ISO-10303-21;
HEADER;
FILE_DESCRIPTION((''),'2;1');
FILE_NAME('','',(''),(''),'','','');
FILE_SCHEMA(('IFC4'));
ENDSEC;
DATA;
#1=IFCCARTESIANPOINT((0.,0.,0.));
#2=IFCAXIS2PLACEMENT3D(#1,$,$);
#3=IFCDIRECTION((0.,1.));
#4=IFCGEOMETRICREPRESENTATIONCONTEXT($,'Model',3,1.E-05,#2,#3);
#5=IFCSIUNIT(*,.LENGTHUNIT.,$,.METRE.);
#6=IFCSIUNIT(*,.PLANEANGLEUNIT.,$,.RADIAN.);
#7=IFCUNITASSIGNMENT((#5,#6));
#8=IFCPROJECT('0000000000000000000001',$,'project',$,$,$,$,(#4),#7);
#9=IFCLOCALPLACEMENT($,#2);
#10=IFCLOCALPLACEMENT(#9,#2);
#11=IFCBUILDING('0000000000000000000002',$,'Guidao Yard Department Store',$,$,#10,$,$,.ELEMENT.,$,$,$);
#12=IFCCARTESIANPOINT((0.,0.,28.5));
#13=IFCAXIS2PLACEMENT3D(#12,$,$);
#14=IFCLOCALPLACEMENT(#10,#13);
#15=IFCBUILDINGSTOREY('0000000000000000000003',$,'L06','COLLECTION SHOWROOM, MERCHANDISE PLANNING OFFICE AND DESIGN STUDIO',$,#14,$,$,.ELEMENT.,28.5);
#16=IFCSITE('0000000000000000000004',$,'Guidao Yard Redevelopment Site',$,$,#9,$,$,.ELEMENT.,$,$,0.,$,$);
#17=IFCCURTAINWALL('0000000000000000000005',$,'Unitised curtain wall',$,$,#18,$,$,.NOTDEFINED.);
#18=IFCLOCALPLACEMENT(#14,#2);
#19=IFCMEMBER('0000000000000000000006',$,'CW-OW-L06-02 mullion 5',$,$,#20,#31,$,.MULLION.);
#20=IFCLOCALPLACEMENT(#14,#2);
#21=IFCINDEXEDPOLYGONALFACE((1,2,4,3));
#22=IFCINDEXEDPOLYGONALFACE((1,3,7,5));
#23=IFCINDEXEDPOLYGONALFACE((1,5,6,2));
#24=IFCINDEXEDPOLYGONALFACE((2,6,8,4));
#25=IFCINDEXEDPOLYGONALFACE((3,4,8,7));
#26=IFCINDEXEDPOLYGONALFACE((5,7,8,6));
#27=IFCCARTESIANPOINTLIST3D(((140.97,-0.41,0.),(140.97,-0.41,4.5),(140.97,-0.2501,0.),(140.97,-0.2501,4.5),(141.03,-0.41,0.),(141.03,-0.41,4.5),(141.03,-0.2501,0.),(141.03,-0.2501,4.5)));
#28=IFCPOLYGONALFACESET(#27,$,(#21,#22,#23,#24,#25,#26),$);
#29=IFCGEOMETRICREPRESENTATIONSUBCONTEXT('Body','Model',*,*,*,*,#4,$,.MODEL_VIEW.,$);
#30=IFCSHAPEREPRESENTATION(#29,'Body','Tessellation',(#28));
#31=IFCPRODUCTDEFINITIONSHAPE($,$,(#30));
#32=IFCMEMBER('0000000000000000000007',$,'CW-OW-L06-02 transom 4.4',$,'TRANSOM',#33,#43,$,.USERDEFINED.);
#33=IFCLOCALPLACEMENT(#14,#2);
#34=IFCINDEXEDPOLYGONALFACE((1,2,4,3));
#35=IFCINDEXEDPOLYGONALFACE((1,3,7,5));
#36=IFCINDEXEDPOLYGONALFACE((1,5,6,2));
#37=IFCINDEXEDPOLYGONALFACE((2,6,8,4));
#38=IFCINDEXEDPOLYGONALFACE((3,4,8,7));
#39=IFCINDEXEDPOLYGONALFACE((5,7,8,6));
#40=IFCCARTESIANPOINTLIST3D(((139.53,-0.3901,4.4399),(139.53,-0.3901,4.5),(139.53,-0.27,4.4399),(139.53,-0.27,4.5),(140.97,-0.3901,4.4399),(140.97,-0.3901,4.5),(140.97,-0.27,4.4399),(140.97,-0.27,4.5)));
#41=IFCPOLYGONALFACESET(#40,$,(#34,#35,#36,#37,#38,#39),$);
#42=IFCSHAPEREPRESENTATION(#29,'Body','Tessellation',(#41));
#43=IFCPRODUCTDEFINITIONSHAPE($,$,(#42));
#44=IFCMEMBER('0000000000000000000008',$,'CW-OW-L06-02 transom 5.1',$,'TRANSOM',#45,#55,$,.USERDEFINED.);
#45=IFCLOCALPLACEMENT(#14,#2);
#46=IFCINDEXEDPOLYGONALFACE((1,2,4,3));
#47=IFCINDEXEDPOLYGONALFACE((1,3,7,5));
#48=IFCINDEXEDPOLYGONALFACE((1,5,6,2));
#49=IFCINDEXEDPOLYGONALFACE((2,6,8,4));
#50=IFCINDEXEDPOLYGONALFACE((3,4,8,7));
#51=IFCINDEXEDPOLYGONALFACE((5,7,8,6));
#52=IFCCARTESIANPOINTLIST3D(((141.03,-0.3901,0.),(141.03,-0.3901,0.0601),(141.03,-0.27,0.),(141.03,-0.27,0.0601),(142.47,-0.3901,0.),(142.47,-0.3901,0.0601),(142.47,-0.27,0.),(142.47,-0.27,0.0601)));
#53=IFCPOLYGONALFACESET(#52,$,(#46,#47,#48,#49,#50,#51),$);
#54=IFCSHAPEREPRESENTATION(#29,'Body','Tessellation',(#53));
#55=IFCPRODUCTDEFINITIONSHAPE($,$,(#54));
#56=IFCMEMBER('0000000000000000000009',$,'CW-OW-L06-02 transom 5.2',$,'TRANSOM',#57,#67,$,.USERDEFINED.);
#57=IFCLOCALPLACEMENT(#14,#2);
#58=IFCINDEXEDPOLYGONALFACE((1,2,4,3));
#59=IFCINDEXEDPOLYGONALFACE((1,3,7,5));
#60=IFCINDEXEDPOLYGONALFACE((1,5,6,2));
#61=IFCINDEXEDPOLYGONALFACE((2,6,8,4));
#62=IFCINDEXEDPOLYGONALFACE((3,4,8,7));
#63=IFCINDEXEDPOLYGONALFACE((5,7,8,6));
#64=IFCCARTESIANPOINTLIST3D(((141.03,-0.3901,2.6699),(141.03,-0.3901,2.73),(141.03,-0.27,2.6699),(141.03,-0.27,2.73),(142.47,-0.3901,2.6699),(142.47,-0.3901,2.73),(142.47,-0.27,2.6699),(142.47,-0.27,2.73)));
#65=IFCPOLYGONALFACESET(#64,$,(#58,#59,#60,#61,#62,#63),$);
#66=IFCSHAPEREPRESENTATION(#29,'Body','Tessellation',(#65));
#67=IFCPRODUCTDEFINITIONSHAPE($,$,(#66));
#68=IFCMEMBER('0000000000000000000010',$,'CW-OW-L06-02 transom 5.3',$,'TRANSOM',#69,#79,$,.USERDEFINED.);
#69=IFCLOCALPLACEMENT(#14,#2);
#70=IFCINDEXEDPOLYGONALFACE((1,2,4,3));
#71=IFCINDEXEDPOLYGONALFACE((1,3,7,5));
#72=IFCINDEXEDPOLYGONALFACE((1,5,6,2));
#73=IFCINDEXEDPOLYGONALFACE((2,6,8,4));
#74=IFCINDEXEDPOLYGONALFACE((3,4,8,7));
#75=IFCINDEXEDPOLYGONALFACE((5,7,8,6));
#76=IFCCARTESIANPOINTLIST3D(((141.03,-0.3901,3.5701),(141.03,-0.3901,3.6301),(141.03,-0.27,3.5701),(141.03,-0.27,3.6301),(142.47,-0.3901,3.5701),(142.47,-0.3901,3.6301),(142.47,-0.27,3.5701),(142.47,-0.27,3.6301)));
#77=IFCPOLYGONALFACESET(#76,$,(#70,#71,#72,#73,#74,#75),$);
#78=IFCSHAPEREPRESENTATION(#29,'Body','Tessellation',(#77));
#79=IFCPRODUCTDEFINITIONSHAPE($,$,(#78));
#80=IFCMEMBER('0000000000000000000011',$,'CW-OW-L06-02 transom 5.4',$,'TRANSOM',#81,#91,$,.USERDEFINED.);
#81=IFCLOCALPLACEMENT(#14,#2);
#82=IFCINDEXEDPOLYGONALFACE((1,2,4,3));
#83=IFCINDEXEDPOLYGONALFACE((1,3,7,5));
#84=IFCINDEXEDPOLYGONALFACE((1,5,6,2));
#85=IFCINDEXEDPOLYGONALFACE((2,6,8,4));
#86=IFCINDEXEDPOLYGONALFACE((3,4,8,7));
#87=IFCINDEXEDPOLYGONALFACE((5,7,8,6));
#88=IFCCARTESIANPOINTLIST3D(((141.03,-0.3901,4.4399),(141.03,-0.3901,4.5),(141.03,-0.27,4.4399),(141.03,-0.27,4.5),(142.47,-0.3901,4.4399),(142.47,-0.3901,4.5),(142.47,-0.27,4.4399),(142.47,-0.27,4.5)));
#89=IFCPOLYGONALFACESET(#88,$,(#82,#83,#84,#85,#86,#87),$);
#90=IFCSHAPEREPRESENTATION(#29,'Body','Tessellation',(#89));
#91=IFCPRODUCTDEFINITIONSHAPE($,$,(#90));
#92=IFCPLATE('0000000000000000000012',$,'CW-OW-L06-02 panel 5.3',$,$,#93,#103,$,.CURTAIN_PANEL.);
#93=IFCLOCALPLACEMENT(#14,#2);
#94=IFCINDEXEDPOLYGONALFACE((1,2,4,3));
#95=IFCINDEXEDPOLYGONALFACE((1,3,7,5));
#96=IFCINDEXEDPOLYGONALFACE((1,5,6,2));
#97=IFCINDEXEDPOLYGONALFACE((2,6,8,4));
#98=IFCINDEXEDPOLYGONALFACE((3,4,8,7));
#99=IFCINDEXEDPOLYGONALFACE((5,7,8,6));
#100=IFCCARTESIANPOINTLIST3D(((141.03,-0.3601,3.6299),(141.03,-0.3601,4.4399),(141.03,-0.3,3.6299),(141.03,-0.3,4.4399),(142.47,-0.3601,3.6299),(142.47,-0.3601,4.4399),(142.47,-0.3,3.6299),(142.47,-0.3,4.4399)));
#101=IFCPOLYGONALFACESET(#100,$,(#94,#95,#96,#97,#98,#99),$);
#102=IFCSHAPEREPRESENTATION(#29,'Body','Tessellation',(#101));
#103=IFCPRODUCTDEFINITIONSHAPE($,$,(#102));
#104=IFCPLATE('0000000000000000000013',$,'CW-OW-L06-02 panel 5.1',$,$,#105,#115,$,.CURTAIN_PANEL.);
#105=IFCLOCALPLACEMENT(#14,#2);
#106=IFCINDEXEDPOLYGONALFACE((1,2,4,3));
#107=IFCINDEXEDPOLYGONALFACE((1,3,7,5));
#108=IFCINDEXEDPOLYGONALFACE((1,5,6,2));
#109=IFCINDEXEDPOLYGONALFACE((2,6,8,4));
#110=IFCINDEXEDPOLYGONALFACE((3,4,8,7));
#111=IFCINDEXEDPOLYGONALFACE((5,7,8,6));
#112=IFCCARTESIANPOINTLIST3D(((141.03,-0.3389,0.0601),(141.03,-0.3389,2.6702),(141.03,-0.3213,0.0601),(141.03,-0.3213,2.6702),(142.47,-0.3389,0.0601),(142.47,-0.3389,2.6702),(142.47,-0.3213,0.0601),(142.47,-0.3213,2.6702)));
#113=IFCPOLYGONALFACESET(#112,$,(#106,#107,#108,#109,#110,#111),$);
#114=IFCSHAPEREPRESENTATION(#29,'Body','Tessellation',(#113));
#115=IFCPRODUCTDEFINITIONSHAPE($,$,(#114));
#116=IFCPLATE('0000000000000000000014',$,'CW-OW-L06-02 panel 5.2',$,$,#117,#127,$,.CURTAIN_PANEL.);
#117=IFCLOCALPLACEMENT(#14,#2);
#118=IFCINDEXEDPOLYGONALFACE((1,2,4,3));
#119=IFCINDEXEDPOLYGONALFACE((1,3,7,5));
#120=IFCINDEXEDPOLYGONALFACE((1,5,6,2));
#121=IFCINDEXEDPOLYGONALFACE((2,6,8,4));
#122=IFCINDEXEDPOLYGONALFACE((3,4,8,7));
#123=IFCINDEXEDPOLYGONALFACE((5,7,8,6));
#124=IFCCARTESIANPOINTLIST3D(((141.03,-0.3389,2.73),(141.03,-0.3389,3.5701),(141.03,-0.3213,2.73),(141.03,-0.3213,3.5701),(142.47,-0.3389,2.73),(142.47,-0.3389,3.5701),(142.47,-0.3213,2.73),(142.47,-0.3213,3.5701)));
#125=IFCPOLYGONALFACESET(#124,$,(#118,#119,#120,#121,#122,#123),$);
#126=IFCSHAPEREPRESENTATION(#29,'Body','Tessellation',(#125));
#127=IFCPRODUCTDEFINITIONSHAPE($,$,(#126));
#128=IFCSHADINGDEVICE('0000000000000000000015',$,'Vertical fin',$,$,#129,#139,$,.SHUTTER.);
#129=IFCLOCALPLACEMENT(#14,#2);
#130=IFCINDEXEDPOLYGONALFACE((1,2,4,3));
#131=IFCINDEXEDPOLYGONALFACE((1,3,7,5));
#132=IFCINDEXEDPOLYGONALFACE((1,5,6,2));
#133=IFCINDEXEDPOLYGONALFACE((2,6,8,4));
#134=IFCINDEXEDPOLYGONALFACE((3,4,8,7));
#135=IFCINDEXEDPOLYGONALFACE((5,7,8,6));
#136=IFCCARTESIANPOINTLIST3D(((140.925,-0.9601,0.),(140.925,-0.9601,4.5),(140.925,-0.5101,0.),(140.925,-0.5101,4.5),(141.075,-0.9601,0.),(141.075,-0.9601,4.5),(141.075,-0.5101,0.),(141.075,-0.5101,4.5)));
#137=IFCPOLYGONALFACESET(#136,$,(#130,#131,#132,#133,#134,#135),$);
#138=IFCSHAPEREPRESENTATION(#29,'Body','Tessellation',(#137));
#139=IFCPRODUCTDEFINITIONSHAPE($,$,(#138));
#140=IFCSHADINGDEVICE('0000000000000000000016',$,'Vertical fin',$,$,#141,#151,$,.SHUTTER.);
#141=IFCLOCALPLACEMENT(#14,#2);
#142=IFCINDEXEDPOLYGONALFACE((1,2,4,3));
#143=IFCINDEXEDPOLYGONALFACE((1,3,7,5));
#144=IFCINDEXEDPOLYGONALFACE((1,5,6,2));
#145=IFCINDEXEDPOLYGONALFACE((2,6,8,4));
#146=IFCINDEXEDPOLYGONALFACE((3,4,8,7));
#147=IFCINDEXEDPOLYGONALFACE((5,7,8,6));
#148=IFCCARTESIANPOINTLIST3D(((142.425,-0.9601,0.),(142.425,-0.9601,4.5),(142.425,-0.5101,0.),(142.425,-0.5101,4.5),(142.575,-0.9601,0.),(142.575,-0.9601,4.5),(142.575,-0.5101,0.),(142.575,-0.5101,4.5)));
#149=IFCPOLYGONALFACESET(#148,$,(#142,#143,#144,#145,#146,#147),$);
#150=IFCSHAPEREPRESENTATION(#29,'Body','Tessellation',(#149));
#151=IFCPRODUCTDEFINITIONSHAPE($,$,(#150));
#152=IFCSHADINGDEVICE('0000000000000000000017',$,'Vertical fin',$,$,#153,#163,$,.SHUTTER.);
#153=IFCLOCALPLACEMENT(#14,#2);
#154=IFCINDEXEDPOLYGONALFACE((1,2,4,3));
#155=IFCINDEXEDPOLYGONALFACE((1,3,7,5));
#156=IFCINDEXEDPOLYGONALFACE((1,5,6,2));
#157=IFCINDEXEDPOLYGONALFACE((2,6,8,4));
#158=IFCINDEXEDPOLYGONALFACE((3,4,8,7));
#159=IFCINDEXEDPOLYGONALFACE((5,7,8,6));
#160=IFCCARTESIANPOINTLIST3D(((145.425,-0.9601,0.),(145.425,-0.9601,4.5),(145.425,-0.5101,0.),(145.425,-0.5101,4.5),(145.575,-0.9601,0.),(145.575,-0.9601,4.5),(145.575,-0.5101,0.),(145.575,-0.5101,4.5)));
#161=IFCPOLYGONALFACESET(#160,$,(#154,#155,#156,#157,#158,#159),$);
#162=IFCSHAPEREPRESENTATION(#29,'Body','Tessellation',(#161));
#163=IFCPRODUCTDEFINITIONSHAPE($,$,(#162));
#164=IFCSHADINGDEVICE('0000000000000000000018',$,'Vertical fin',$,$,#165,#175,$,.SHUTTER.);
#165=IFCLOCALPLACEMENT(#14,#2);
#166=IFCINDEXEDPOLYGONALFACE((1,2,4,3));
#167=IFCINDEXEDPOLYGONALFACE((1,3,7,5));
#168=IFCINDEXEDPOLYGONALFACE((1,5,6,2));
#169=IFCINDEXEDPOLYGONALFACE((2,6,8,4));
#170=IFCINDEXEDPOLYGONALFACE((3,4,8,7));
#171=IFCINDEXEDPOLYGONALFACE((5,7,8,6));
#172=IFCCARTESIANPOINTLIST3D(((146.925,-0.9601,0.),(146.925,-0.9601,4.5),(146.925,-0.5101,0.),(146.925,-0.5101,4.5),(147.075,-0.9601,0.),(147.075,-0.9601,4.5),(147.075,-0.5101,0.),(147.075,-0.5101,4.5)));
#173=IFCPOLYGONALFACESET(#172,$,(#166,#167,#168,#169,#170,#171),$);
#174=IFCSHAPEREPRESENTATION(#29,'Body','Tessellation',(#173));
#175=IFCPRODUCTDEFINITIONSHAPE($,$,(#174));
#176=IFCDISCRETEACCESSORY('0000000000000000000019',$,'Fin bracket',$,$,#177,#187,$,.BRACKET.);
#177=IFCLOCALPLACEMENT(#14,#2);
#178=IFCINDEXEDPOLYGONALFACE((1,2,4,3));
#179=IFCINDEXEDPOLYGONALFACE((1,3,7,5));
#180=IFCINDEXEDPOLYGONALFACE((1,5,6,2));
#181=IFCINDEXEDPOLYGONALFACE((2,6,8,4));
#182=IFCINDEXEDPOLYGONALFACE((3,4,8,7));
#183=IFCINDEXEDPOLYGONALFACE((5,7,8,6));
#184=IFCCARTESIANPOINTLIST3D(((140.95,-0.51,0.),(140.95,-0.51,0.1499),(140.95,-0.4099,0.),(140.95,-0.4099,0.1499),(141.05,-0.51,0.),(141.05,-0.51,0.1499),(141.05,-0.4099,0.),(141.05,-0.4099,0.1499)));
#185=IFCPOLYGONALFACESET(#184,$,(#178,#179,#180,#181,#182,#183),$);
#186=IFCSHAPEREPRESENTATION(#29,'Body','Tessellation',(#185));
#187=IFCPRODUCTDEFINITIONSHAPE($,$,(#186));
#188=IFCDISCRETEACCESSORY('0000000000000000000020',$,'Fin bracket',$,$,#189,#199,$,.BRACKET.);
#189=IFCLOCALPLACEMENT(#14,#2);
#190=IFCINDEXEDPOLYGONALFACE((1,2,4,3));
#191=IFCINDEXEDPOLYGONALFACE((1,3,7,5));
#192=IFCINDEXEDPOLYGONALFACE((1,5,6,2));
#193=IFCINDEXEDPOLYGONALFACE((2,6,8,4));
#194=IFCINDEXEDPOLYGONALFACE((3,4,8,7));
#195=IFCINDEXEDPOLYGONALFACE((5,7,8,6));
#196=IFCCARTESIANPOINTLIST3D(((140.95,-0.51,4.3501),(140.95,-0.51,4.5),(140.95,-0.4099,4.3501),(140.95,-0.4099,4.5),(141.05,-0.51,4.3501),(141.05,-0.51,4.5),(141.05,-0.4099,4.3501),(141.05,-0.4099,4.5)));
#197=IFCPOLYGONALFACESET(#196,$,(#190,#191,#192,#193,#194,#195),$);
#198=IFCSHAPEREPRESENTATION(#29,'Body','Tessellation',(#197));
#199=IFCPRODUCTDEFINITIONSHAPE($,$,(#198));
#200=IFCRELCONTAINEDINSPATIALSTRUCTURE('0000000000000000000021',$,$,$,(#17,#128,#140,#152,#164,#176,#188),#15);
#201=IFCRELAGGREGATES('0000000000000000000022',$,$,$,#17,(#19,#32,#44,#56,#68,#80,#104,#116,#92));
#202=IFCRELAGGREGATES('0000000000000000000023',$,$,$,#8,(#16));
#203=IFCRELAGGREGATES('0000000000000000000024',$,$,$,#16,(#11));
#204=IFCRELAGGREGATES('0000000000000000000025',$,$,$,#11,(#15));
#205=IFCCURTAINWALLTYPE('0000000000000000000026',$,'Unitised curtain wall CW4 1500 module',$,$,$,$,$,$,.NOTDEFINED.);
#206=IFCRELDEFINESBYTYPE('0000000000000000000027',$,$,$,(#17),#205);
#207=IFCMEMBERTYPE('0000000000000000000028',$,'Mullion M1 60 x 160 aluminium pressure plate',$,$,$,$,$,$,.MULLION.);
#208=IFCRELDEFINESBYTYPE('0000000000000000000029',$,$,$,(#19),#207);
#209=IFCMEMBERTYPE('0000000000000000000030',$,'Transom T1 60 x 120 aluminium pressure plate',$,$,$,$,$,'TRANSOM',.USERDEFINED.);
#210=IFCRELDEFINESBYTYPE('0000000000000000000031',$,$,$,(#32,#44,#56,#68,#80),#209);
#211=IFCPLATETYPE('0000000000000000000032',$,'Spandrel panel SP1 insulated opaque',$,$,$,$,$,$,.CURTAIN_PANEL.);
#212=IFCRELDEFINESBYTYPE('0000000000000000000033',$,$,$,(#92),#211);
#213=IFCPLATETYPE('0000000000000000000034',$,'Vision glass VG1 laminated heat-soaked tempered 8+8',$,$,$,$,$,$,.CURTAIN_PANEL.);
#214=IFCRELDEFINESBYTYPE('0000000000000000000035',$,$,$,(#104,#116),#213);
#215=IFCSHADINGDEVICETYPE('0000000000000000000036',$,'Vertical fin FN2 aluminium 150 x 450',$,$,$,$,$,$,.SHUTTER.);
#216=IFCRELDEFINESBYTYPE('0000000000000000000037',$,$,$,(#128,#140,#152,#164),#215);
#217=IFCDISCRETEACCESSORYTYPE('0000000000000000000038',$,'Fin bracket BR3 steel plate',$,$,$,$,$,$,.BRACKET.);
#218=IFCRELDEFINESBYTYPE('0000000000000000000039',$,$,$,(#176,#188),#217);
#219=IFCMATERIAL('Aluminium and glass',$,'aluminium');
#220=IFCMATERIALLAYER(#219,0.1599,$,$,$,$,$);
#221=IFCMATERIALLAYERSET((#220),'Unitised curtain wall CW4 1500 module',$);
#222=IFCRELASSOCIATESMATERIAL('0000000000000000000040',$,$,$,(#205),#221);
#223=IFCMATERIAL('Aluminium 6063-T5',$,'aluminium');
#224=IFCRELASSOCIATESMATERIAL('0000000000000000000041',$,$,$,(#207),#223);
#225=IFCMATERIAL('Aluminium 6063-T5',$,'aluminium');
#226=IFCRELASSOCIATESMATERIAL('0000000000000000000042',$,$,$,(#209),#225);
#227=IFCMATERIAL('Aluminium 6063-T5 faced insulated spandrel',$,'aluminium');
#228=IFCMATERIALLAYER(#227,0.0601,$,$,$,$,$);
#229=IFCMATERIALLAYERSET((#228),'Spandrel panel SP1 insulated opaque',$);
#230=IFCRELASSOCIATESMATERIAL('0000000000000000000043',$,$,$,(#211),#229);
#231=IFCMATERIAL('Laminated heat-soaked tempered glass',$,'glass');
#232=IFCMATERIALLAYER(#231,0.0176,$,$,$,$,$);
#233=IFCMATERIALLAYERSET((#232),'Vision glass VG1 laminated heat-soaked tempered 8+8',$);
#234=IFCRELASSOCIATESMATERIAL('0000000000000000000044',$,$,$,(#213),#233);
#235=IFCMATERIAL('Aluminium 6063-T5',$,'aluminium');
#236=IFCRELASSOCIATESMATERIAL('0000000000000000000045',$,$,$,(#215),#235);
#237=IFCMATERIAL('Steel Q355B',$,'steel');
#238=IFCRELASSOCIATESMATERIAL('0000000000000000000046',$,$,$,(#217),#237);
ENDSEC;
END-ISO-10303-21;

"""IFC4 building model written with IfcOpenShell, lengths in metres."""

from ifc_helpers import new_model, si_unit, direction, frame, origin, origin_2d, place, context, subcontext, project, spatial, rectangle, extrude, material, layer, layer_set, material_profile, profile_set, type_object, element, aggregate, save


model = new_model("IFC4")

# Units and contexts
model_context = context("Model", 3, precision=1e-05, world=origin(), true_north=direction((0.0, 1.0)))
body_context = subcontext(model_context, "Body", "Model", "MODEL_VIEW")
ifc_project = project(units=[si_unit("LENGTHUNIT", "METRE"), si_unit("PLANEANGLEUNIT", "RADIAN")], contexts=[model_context])

# Site, building, storey
site_placement = place(None, origin())
site = spatial("IfcSite", under=ifc_project, at=site_placement, Name="Guidao Yard Redevelopment Site", CompositionType="ELEMENT", RefElevation=0.0)
building_placement = place(site_placement, origin())
building = spatial("IfcBuilding", under=site, at=building_placement, Name="Guidao Yard Department Store", CompositionType="ELEMENT")
storey_placement = place(building_placement, frame((0.0, 0.0, 28.5)))
storey = spatial("IfcBuildingStorey", under=building, at=storey_placement, Name="L06", Description="COLLECTION SHOWROOM, MERCHANDISE PLANNING OFFICE AND DESIGN STUDIO", CompositionType="ELEMENT", Elevation=28.5)

# Curtain wall, members, plates
ifc_material_1 = material(Name="Aluminium and glass", Category="aluminium")
ifc_layer_1 = layer(ifc_material_1, 0.1599)
ifc_layer_set_1 = layer_set([ifc_layer_1], Name="Unitised curtain wall CW4 1500 module")
curtain_wall_type = type_object("IfcCurtainWallType", Name="Unitised curtain wall CW4 1500 module", PredefinedType="NOTDEFINED", material=ifc_layer_set_1)
curtain_wall_placement = place(storey_placement, origin())
curtain_wall = element("IfcCurtainWall", 1, at=curtain_wall_placement, inside=storey, type_object=curtain_wall_type, Name="Unitised curtain wall", PredefinedType="NOTDEFINED")
ifc_material_2 = material(Name="Aluminium 6063-T5", Category="aluminium")
ifc_material_profile_1 = material_profile(ifc_material_2, rectangle(XDim=0.0601, YDim=0.1599, at=origin_2d()), Name="Mullion M1 60 x 160 aluminium pressure plate")
ifc_profile_set_1 = profile_set([ifc_material_profile_1], Name="Aluminium 6063-T5")
member_type_1 = type_object("IfcMemberType", Name="Mullion M1 60 x 160 aluminium pressure plate", PredefinedType="MULLION", material=ifc_profile_set_1)
member_1_placement = place(storey_placement, frame((141.0, -0.3301, 0.0), z_axis=(0.0, 0.0, 1.0), x_axis=(-1.0, 0.0, 0.0)))
member_1 = element("IfcMember", 2, at=member_1_placement, type_object=member_type_1, Name="CW-OW-L06-02 mullion 5", PredefinedType="MULLION", context=body_context, shape_type="SweptSolid", body=[
    extrude(rectangle(XDim=0.0601, YDim=0.1599, at=origin_2d()), origin(), (0.0, 0.0, 1.0), 4.5),
])
ifc_material_3 = material(Name="Aluminium 6063-T5", Category="aluminium")
ifc_material_profile_2 = material_profile(ifc_material_3, rectangle(XDim=0.1201, YDim=0.0601, at=origin_2d()), Name="Transom T1 60 x 120 aluminium pressure plate")
ifc_profile_set_2 = profile_set([ifc_material_profile_2], Name="Aluminium 6063-T5")
member_type_2 = type_object("IfcMemberType", Name="Transom T1 60 x 120 aluminium pressure plate", ElementType="TRANSOM", PredefinedType="USERDEFINED", material=ifc_profile_set_2)
member_2_placement = place(storey_placement, frame((140.97, -0.3301, 4.47), z_axis=(-1.0, 0.0, 0.0), x_axis=(0.0, -1.0, 0.0)))
member_2 = element("IfcMember", 3, at=member_2_placement, type_object=member_type_2, Name="CW-OW-L06-02 transom 4.4", ObjectType="TRANSOM", PredefinedType="USERDEFINED", context=body_context, shape_type="SweptSolid", body=[
    extrude(rectangle(XDim=0.1201, YDim=0.0601, at=origin_2d()), origin(), (0.0, 0.0, 1.0), 1.4399),
])
member_3_placement = place(storey_placement, frame((142.47, -0.3301, 0.03), z_axis=(-1.0, 0.0, 0.0), x_axis=(0.0, -1.0, 0.0)))
member_3 = element("IfcMember", 4, at=member_3_placement, type_object=member_type_2, Name="CW-OW-L06-02 transom 5.1", ObjectType="TRANSOM", PredefinedType="USERDEFINED", context=body_context, shape_type="SweptSolid", body=[
    extrude(rectangle(XDim=0.1201, YDim=0.0601, at=origin_2d()), origin(), (0.0, 0.0, 1.0), 1.4399),
])
member_4_placement = place(storey_placement, frame((142.47, -0.3301, 2.7), z_axis=(-1.0, 0.0, 0.0), x_axis=(0.0, -1.0, 0.0)))
member_4 = element("IfcMember", 5, at=member_4_placement, type_object=member_type_2, Name="CW-OW-L06-02 transom 5.2", ObjectType="TRANSOM", PredefinedType="USERDEFINED", context=body_context, shape_type="SweptSolid", body=[
    extrude(rectangle(XDim=0.1201, YDim=0.0601, at=origin_2d()), origin(), (0.0, 0.0, 1.0), 1.4399),
])
member_5_placement = place(storey_placement, frame((142.47, -0.3301, 3.6001), z_axis=(-1.0, 0.0, 0.0), x_axis=(0.0, -1.0, 0.0)))
member_5 = element("IfcMember", 6, at=member_5_placement, type_object=member_type_2, Name="CW-OW-L06-02 transom 5.3", ObjectType="TRANSOM", PredefinedType="USERDEFINED", context=body_context, shape_type="SweptSolid", body=[
    extrude(rectangle(XDim=0.1201, YDim=0.0601, at=origin_2d()), origin(), (0.0, 0.0, 1.0), 1.4399),
])
member_6_placement = place(storey_placement, frame((142.47, -0.3301, 4.47), z_axis=(-1.0, 0.0, 0.0), x_axis=(0.0, -1.0, 0.0)))
member_6 = element("IfcMember", 7, at=member_6_placement, type_object=member_type_2, Name="CW-OW-L06-02 transom 5.4", ObjectType="TRANSOM", PredefinedType="USERDEFINED", context=body_context, shape_type="SweptSolid", body=[
    extrude(rectangle(XDim=0.1201, YDim=0.0601, at=origin_2d()), origin(), (0.0, 0.0, 1.0), 1.4399),
])
ifc_material_4 = material(Name="Aluminium 6063-T5 faced insulated spandrel", Category="aluminium")
ifc_layer_2 = layer(ifc_material_4, 0.0601)
ifc_layer_set_2 = layer_set([ifc_layer_2], Name="Spandrel panel SP1 insulated opaque")
plate_type_1 = type_object("IfcPlateType", Name="Spandrel panel SP1 insulated opaque", PredefinedType="CURTAIN_PANEL", material=ifc_layer_set_2)
plate_1_placement = place(storey_placement, frame((141.75, -0.3301, 3.6299), z_axis=(0.0, 0.0, 1.0), x_axis=(-1.0, 0.0, 0.0)))
plate_1 = element("IfcPlate", 8, at=plate_1_placement, type_object=plate_type_1, Name="CW-OW-L06-02 panel 5.3", PredefinedType="CURTAIN_PANEL", context=body_context, shape_type="SweptSolid", body=[
    extrude(rectangle(XDim=1.4399, YDim=0.0601, at=origin_2d()), origin(), (0.0, 0.0, 1.0), 0.8101),
])
ifc_material_5 = material(Name="Laminated heat-soaked tempered glass", Category="glass")
ifc_layer_3 = layer(ifc_material_5, 0.0176)
ifc_layer_set_3 = layer_set([ifc_layer_3], Name="Vision glass VG1 laminated heat-soaked tempered 8+8")
plate_type_2 = type_object("IfcPlateType", Name="Vision glass VG1 laminated heat-soaked tempered 8+8", PredefinedType="CURTAIN_PANEL", material=ifc_layer_set_3)
plate_2_placement = place(storey_placement, frame((141.75, -0.3301, 0.0601), z_axis=(0.0, 0.0, 1.0), x_axis=(-1.0, 0.0, 0.0)))
plate_2 = element("IfcPlate", 9, at=plate_2_placement, type_object=plate_type_2, Name="CW-OW-L06-02 panel 5.1", PredefinedType="CURTAIN_PANEL", context=body_context, shape_type="SweptSolid", body=[
    extrude(rectangle(XDim=1.4399, YDim=0.0176, at=origin_2d()), origin(), (0.0, 0.0, 1.0), 2.6101),
])
plate_3_placement = place(storey_placement, frame((141.75, -0.3301, 2.73), z_axis=(0.0, 0.0, 1.0), x_axis=(-1.0, 0.0, 0.0)))
plate_3 = element("IfcPlate", 10, at=plate_3_placement, type_object=plate_type_2, Name="CW-OW-L06-02 panel 5.2", PredefinedType="CURTAIN_PANEL", context=body_context, shape_type="SweptSolid", body=[
    extrude(rectangle(XDim=1.4399, YDim=0.0176, at=origin_2d()), origin(), (0.0, 0.0, 1.0), 0.8401),
])
aggregate(curtain_wall, [member_1, member_2, member_3, member_4, member_5, member_6, plate_2, plate_3, plate_1])

# Shading devices
ifc_material_6 = material(Name="Aluminium 6063-T5", Category="aluminium")
shading_device_type = type_object("IfcShadingDeviceType", Name="Vertical fin FN2 aluminium 150 x 450", PredefinedType="SHUTTER", material=ifc_material_6)
for number, where, z_axis, x_axis, name in (
    (11, (141.0, -0.7351, 0.0), (0.0, 0.0, 1.0), (-1.0, 0.0, 0.0), "Vertical fin"),
    (12, (142.5, -0.7351, 0.0), (0.0, 0.0, 1.0), (-1.0, 0.0, 0.0), "Vertical fin"),
    (13, (145.5, -0.7351, 0.0), (0.0, 0.0, 1.0), (-1.0, 0.0, 0.0), "Vertical fin"),
    (14, (147.0, -0.7351, 0.0), (0.0, 0.0, 1.0), (-1.0, 0.0, 0.0), "Vertical fin"),
):
    element("IfcShadingDevice", number, at=place(storey_placement, frame(where, z_axis=z_axis, x_axis=x_axis)), inside=storey, type_object=shading_device_type, Name=name, PredefinedType="SHUTTER", context=body_context, shape_type="SweptSolid", body=[
        extrude(rectangle(XDim=0.1499, YDim=0.45, at=origin_2d()), origin(), (0.0, 0.0, 1.0), 4.5),
    ])

# Discrete accessories
ifc_material_7 = material(Name="Steel Q355B", Category="steel")
discrete_accessory_type = type_object("IfcDiscreteAccessoryType", Name="Fin bracket BR3 steel plate", PredefinedType="BRACKET", material=ifc_material_7)
for number, where, z_axis, x_axis, name in (
    (15, (141.0, -0.46, 0.0), (0.0, 0.0, 1.0), (-1.0, 0.0, 0.0), "Fin bracket"),
    (16, (141.0, -0.46, 4.3501), (0.0, 0.0, 1.0), (-1.0, 0.0, 0.0), "Fin bracket"),
):
    element("IfcDiscreteAccessory", number, at=place(storey_placement, frame(where, z_axis=z_axis, x_axis=x_axis)), inside=storey, type_object=discrete_accessory_type, Name=name, PredefinedType="BRACKET", context=body_context, shape_type="SweptSolid", body=[
        extrude(rectangle(XDim=0.1001, YDim=0.1001, at=origin_2d()), origin(), (0.0, 0.0, 1.0), 0.1499),
    ])

save(model, "model.ifc")
